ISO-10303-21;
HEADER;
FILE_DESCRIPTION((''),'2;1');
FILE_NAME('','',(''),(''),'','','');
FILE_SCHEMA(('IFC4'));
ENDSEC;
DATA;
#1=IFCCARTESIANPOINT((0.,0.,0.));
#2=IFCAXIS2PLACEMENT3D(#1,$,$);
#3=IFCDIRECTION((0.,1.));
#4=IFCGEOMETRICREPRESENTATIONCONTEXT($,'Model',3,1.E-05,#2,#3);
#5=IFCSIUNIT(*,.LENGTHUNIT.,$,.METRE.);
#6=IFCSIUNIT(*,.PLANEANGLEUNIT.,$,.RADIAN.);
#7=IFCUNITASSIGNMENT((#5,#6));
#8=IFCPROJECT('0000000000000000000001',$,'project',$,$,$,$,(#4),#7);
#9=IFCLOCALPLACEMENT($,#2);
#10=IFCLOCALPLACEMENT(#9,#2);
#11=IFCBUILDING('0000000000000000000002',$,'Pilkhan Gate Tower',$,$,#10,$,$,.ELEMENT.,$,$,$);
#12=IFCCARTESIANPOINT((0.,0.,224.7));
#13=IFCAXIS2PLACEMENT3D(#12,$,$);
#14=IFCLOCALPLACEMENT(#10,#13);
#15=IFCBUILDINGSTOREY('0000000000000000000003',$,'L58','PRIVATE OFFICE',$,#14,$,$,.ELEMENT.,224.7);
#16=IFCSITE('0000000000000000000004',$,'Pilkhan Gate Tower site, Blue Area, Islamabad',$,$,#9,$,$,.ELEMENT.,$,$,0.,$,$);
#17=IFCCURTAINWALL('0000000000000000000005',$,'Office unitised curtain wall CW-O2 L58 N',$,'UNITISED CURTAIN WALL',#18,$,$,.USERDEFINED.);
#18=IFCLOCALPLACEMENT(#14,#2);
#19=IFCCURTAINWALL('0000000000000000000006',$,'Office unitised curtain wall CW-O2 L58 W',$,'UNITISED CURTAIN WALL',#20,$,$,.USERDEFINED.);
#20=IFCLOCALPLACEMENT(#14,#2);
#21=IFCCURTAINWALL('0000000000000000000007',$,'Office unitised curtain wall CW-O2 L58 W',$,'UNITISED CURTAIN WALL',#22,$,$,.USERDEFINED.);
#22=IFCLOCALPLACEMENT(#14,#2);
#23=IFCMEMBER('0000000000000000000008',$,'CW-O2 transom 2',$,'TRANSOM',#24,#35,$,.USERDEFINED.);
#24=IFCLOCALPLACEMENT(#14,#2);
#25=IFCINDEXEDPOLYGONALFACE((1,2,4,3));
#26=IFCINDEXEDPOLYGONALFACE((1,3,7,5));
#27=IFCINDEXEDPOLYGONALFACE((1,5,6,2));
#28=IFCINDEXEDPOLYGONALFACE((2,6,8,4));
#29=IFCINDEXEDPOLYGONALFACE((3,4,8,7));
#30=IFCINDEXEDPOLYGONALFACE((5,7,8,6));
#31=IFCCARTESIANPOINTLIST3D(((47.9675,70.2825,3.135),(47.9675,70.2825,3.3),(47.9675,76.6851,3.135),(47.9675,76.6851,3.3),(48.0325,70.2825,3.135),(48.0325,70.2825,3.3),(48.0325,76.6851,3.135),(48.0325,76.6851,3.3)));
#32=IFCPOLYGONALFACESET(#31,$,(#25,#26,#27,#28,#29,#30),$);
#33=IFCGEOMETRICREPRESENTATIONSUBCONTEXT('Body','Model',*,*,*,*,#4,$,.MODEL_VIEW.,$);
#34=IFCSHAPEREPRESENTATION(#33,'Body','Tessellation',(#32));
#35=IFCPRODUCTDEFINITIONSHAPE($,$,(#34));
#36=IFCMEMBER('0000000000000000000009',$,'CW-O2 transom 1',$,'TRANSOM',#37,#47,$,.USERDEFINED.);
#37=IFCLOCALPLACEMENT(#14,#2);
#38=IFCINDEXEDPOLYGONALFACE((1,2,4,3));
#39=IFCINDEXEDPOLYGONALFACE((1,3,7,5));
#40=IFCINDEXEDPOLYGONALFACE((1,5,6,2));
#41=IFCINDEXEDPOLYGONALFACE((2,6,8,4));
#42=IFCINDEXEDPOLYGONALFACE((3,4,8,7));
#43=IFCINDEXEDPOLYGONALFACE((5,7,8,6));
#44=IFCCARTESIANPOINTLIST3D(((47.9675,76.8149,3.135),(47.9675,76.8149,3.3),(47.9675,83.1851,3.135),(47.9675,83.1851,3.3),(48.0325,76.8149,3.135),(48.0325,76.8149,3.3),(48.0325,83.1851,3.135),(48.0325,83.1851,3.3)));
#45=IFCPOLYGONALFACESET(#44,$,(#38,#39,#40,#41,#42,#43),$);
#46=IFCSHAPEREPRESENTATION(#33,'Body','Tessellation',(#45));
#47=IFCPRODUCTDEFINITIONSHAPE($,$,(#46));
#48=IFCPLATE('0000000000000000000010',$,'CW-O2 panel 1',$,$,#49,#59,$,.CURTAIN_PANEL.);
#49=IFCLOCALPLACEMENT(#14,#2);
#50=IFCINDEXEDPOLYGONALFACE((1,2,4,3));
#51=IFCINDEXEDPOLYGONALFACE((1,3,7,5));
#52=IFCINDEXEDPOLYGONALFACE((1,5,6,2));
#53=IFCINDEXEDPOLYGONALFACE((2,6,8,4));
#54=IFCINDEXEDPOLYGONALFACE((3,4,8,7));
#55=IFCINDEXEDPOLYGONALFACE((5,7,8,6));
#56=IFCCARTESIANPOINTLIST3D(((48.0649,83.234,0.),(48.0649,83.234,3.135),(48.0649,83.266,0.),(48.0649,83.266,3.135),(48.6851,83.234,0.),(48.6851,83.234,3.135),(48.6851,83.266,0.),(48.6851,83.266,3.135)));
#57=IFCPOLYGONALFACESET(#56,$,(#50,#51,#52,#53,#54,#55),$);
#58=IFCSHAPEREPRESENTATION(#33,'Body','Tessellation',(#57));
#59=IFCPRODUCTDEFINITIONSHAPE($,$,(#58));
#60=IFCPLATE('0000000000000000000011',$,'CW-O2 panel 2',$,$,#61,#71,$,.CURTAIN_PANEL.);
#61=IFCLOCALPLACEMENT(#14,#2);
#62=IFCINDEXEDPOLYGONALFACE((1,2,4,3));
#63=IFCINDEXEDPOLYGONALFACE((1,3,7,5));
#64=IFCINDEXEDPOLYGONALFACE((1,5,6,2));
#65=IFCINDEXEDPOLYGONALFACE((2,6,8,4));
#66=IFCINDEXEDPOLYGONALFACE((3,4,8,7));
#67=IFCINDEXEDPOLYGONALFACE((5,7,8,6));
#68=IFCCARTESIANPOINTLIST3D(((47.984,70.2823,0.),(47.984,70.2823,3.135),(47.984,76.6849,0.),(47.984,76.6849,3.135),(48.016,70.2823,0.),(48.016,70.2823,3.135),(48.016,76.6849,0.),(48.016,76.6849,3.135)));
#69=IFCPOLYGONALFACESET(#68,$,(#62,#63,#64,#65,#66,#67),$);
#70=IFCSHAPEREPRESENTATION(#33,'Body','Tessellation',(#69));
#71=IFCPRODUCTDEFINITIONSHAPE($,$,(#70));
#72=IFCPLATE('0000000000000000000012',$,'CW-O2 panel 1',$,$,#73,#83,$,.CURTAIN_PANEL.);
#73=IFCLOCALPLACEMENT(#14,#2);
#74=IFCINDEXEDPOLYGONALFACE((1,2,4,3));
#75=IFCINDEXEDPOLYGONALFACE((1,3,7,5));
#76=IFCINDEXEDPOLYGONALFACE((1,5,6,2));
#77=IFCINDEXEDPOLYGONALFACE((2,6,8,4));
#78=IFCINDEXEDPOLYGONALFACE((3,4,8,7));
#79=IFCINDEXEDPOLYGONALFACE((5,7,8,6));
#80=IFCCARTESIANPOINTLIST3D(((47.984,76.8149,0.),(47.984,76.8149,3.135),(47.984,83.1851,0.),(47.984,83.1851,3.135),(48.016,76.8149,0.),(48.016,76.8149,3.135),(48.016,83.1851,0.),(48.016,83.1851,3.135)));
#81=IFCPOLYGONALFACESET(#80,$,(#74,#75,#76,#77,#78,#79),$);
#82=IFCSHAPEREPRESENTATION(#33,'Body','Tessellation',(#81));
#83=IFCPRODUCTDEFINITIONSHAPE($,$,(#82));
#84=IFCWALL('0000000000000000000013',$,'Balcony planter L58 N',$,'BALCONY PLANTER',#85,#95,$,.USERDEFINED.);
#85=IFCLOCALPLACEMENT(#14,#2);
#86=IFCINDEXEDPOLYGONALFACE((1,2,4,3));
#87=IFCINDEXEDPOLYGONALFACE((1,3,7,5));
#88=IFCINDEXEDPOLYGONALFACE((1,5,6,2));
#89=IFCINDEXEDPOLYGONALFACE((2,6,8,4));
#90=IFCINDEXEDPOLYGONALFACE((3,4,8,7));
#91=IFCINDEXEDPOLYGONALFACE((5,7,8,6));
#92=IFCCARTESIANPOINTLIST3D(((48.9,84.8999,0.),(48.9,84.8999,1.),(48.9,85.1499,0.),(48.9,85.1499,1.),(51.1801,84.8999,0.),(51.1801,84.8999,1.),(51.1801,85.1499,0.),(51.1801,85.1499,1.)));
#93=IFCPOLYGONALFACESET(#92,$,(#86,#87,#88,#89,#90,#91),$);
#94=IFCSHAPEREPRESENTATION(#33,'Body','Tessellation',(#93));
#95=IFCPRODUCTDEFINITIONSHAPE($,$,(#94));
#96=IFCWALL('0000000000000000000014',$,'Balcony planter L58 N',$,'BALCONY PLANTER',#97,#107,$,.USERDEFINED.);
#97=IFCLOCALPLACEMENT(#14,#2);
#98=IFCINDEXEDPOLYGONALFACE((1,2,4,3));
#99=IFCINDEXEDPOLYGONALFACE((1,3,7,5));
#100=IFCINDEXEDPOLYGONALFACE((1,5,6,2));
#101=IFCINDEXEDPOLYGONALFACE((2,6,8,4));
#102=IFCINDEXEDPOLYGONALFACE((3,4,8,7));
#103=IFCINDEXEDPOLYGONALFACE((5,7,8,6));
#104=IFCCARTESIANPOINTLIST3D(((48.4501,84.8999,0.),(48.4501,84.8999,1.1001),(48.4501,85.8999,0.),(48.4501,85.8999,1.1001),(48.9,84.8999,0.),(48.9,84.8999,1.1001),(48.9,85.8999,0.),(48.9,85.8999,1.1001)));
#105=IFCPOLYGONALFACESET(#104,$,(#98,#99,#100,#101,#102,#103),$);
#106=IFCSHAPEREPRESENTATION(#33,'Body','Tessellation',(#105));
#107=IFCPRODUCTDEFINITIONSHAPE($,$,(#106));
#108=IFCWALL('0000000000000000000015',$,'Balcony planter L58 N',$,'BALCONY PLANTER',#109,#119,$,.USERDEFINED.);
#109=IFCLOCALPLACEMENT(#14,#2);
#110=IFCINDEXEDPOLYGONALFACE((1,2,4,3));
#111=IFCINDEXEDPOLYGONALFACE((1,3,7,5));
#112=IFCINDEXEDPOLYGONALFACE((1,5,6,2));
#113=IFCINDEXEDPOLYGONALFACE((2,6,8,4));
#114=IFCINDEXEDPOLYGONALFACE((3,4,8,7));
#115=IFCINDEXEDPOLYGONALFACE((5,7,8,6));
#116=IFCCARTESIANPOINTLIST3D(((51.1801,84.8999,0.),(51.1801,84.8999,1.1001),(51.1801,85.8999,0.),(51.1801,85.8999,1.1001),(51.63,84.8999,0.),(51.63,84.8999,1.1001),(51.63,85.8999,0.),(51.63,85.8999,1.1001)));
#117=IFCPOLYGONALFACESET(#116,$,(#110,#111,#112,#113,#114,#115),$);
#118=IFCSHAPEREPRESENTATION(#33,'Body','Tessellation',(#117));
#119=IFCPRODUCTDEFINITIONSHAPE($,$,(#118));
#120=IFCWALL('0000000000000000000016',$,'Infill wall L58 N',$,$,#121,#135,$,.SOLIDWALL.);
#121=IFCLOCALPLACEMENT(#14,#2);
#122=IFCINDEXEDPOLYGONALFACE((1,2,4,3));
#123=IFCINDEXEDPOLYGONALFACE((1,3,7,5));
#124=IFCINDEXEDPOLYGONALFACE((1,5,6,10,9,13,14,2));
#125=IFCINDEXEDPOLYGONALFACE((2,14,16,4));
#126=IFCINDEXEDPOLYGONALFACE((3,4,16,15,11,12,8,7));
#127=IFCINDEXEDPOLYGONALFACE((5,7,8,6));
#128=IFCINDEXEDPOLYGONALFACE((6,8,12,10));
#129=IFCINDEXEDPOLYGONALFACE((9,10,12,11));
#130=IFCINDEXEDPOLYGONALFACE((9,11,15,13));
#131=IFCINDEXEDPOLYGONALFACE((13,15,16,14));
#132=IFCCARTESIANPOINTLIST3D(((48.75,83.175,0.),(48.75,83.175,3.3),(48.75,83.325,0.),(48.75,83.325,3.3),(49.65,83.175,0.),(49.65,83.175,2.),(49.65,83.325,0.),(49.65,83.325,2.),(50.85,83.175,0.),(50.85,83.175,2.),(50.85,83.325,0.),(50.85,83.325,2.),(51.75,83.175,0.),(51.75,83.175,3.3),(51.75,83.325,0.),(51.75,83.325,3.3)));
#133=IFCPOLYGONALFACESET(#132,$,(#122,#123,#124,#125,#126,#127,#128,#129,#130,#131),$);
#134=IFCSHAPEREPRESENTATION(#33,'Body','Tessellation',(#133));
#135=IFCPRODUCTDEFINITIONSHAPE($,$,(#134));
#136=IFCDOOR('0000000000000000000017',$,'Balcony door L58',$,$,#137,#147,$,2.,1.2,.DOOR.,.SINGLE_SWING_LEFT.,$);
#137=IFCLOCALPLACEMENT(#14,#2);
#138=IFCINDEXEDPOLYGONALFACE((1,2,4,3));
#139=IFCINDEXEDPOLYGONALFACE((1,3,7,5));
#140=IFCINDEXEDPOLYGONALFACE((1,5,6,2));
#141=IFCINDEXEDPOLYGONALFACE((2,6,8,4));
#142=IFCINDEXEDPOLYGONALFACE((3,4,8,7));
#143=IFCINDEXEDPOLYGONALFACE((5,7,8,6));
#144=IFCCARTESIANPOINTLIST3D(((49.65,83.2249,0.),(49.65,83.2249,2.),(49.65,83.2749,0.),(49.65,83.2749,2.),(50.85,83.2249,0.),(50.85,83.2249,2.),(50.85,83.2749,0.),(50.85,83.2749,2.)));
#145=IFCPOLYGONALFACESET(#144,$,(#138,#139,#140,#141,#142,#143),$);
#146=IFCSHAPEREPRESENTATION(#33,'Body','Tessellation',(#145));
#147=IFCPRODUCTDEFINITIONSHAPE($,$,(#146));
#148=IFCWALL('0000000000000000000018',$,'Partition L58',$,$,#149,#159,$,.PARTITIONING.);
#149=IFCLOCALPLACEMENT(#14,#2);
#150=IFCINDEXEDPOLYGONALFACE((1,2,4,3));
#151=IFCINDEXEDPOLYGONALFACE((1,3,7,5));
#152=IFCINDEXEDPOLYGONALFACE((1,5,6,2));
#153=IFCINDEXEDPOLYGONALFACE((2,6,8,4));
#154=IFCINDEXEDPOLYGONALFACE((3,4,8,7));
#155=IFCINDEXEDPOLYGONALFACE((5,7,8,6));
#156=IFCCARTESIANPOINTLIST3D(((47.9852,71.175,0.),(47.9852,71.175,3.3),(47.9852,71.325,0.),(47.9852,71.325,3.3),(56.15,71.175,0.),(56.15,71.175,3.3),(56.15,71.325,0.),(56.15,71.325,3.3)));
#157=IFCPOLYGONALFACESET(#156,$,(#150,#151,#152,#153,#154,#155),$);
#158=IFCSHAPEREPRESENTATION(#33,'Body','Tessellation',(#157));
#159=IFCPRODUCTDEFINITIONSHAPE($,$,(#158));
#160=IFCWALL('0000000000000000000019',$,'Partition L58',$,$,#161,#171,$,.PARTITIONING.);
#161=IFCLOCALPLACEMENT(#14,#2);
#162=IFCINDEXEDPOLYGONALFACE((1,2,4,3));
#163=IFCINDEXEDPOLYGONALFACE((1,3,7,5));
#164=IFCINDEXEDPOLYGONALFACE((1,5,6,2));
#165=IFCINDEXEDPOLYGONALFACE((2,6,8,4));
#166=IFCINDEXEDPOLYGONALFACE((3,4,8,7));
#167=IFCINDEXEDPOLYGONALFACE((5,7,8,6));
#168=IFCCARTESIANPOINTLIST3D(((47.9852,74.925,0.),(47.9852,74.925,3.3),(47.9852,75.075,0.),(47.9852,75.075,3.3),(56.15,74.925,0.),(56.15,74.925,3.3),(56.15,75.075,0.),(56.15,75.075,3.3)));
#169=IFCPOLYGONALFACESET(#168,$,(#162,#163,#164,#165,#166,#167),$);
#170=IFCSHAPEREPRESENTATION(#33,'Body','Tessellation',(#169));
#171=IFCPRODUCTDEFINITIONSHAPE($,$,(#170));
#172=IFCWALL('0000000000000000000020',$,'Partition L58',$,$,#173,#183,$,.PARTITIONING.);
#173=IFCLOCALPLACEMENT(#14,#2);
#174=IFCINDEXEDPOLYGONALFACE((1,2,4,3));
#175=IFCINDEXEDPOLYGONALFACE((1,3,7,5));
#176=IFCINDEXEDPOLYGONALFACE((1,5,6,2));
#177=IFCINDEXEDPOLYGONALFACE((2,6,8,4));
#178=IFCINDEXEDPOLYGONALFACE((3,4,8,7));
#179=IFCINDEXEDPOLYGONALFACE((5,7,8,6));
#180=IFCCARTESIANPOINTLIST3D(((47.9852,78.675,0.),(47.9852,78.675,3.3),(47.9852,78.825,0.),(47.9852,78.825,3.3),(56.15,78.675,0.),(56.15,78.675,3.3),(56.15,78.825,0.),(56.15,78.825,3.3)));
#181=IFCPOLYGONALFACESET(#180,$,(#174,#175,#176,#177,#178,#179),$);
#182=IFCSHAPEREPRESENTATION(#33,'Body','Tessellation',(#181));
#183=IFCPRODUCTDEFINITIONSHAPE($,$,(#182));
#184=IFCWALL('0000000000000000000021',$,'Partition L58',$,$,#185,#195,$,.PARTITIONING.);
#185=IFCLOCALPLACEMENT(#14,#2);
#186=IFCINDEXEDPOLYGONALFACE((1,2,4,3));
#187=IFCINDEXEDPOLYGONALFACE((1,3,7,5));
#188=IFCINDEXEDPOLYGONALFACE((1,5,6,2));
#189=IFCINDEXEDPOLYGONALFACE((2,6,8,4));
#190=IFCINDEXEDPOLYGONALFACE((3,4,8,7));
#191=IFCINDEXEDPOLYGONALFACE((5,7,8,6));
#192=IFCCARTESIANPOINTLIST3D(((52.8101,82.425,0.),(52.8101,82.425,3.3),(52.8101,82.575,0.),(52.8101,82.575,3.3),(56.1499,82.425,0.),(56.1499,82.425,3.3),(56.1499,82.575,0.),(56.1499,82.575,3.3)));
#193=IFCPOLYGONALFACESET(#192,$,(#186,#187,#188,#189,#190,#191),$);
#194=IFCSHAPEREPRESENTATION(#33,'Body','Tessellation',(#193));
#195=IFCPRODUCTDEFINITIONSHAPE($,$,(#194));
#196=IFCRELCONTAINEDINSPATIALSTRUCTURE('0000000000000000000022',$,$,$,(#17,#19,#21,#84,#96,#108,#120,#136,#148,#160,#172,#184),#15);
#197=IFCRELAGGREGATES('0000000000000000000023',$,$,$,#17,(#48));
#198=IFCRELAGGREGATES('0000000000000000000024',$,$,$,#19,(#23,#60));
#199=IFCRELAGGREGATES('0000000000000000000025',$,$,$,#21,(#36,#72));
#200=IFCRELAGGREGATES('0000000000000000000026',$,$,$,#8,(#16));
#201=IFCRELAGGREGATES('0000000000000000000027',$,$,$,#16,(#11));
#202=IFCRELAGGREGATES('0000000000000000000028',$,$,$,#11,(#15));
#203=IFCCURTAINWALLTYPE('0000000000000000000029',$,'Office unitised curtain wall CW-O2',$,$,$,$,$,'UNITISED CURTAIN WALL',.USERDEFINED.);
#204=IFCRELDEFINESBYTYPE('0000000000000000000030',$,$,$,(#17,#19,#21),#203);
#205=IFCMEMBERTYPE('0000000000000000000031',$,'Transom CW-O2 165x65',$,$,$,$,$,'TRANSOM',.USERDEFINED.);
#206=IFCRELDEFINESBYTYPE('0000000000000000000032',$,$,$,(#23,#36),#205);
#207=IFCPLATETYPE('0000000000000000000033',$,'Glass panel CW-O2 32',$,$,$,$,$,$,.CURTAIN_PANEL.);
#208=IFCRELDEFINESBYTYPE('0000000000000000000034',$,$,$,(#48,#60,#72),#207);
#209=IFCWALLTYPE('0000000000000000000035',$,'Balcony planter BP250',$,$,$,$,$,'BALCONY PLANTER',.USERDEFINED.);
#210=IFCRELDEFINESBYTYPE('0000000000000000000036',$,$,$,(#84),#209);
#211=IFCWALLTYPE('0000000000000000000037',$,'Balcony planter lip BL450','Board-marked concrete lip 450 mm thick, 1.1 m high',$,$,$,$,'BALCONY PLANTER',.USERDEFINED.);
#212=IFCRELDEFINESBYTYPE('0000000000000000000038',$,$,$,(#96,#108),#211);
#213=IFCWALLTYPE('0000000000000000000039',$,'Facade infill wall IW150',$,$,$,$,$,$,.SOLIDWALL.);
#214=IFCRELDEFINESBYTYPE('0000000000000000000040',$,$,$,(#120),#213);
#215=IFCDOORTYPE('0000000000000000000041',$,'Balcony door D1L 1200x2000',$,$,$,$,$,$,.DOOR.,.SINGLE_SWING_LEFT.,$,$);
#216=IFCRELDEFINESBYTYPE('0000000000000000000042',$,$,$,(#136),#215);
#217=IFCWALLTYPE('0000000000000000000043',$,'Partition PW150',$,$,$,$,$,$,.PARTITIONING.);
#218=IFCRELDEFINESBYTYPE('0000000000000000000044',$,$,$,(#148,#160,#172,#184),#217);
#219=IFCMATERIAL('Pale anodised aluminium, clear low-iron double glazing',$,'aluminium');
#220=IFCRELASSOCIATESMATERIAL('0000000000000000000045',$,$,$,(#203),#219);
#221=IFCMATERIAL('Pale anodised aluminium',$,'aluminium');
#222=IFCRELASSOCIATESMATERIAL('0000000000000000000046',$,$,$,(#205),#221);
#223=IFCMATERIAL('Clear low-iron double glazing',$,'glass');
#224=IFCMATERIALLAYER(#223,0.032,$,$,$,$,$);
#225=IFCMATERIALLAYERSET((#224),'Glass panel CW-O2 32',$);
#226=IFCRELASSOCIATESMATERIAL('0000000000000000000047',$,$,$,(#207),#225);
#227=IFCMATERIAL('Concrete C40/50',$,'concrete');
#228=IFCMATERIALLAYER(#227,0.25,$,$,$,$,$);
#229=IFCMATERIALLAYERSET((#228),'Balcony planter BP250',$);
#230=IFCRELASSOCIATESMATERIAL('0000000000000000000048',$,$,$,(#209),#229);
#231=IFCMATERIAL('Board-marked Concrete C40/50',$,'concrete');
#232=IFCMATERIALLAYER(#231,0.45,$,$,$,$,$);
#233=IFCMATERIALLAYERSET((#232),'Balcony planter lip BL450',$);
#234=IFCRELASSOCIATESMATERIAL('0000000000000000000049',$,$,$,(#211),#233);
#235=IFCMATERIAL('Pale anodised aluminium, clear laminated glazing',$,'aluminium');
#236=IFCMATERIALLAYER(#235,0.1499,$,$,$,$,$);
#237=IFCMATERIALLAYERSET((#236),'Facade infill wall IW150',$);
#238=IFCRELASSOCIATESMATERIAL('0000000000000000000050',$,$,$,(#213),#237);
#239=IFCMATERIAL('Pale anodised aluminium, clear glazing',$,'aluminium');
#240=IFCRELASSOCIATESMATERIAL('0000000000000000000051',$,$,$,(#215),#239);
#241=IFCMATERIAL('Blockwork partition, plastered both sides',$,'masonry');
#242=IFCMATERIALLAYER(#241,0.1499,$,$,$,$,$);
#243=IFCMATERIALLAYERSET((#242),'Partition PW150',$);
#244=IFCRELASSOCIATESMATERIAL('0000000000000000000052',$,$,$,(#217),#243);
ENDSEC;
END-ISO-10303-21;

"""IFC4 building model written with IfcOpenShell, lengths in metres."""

from ifc_helpers import new_model, si_unit, direction, frame, frame_2d, origin, origin_2d, place, context, subcontext, project, spatial, rectangle, extrude, material, layer, layer_set, material_profile, profile_set, type_object, element, fill, aggregate, save


model = new_model("IFC4")

# Units and contexts
model_context = context("Model", 3, precision=1e-05, world=origin(), true_north=direction((0.0, 1.0)))
body_context = subcontext(model_context, "Body", "Model", "MODEL_VIEW")
ifc_project = project(units=[si_unit("LENGTHUNIT", "METRE"), si_unit("PLANEANGLEUNIT", "RADIAN")], contexts=[model_context])

# Site, building, storey
site_placement = place(None, origin())
site = spatial("IfcSite", under=ifc_project, at=site_placement, Name="Pilkhan Gate Tower site, Blue Area, Islamabad", CompositionType="ELEMENT", RefElevation=0.0)
building_placement = place(site_placement, origin())
building = spatial("IfcBuilding", under=site, at=building_placement, Name="Pilkhan Gate Tower", CompositionType="ELEMENT")
storey_placement = place(building_placement, frame((0.0, 0.0, 224.7)))
storey = spatial("IfcBuildingStorey", under=building, at=storey_placement, Name="L58", Description="PRIVATE OFFICE", CompositionType="ELEMENT", Elevation=224.7)

# Shared definitions
ifc_material_1 = material(Name="Pale anodised aluminium, clear low-iron double glazing", Category="aluminium")
curtain_wall_type = type_object("IfcCurtainWallType", Name="Office unitised curtain wall CW-O2", ElementType="UNITISED CURTAIN WALL", PredefinedType="USERDEFINED", material=ifc_material_1)
ifc_material_2 = material(Name="Pale anodised aluminium", Category="aluminium")

# Curtain wall
curtain_wall_1_placement = place(storey_placement, origin())
curtain_wall_1 = element("IfcCurtainWall", 1, at=curtain_wall_1_placement, inside=storey, type_object=curtain_wall_type, Name="Office unitised curtain wall CW-O2 L58 N", ObjectType="UNITISED CURTAIN WALL", PredefinedType="USERDEFINED")

# Curtain wall
curtain_wall_2_placement = place(storey_placement, origin())
curtain_wall_2 = element("IfcCurtainWall", 2, at=curtain_wall_2_placement, inside=storey, type_object=curtain_wall_type, Name="Office unitised curtain wall CW-O2 L58 W", ObjectType="UNITISED CURTAIN WALL", PredefinedType="USERDEFINED")

# Curtain wall
curtain_wall_3_placement = place(storey_placement, origin())
curtain_wall_3 = element("IfcCurtainWall", 3, at=curtain_wall_3_placement, inside=storey, type_object=curtain_wall_type, Name="Office unitised curtain wall CW-O2 L58 W", ObjectType="UNITISED CURTAIN WALL", PredefinedType="USERDEFINED")

# Members
ifc_material_profile_1 = material_profile(ifc_material_2, rectangle(XDim=0.0649, YDim=0.165, at=origin_2d()), Name="Transom 165x65")
ifc_profile_set_1 = profile_set([ifc_material_profile_1], Name="Pale anodised aluminium")
member_type_1 = type_object("IfcMemberType", Name="Transom CW-O2 165x65", ElementType="TRANSOM", PredefinedType="USERDEFINED", material=ifc_profile_set_1)
member_1_placement = place(storey_placement, frame((48.0, 70.2825, 3.2175), z_axis=(0.0, 1.0, 0.0), x_axis=(-1.0, 0.0, 0.0)))
member_1 = element("IfcMember", 4, at=member_1_placement, type_object=member_type_1, Name="CW-O2 transom 2", ObjectType="TRANSOM", PredefinedType="USERDEFINED", context=body_context, shape_type="SweptSolid", body=[
    extrude(rectangle(XDim=0.0649, YDim=0.165, at=origin_2d()), origin(), (0.0, 0.0, 1.0), 6.4026),
])
member_2_placement = place(storey_placement, frame((48.0, 76.8149, 3.2175), z_axis=(0.0, 1.0, 0.0), x_axis=(-1.0, 0.0, 0.0)))
member_2 = element("IfcMember", 5, at=member_2_placement, type_object=member_type_1, Name="CW-O2 transom 1", ObjectType="TRANSOM", PredefinedType="USERDEFINED", context=body_context, shape_type="SweptSolid", body=[
    extrude(rectangle(XDim=0.0649, YDim=0.165, at=origin_2d()), origin(), (0.0, 0.0, 1.0), 6.3701),
])

# Plates
ifc_material_3 = material(Name="Clear low-iron double glazing", Category="glass")
ifc_layer_1 = layer(ifc_material_3, 0.032)
ifc_layer_set_1 = layer_set([ifc_layer_1], Name="Glass panel CW-O2 32")
plate_type = type_object("IfcPlateType", Name="Glass panel CW-O2 32", PredefinedType="CURTAIN_PANEL", material=ifc_layer_set_1)
plate_1_placement = place(storey_placement, frame((48.375, 83.25, 0.0), z_axis=(0.0, 0.0, 1.0), x_axis=(1.0, 0.0, 0.0)))
plate_1 = element("IfcPlate", 6, at=plate_1_placement, type_object=plate_type, Name="CW-O2 panel 1", PredefinedType="CURTAIN_PANEL", context=body_context, shape_type="SweptSolid", body=[
    extrude(rectangle(XDim=0.6201, YDim=0.032, at=origin_2d()), origin(), (0.0, 0.0, 1.0), 3.135),
])
aggregate(curtain_wall_1, [plate_1])
plate_2_placement = place(storey_placement, frame((48.0, 73.4836, 0.0), z_axis=(0.0, 0.0, 1.0), x_axis=(0.0, 1.0, 0.0)))
plate_2 = element("IfcPlate", 7, at=plate_2_placement, type_object=plate_type, Name="CW-O2 panel 2", PredefinedType="CURTAIN_PANEL", context=body_context, shape_type="SweptSolid", body=[
    extrude(rectangle(XDim=6.4026, YDim=0.032, at=origin_2d()), origin(), (0.0, 0.0, 1.0), 3.135),
])
aggregate(curtain_wall_2, [member_1, plate_2])
plate_3_placement = place(storey_placement, frame((48.0, 80.0, 0.0), z_axis=(0.0, 0.0, 1.0), x_axis=(0.0, 1.0, 0.0)))
plate_3 = element("IfcPlate", 8, at=plate_3_placement, type_object=plate_type, Name="CW-O2 panel 1", PredefinedType="CURTAIN_PANEL", context=body_context, shape_type="SweptSolid", body=[
    extrude(rectangle(XDim=6.3701, YDim=0.032, at=origin_2d()), origin(), (0.0, 0.0, 1.0), 3.135),
])
aggregate(curtain_wall_3, [member_2, plate_3])

# Walls
ifc_material_4 = material(Name="Concrete C40/50", Category="concrete")
ifc_layer_2 = layer(ifc_material_4, 0.25)
ifc_layer_set_2 = layer_set([ifc_layer_2], Name="Balcony planter BP250")
wall_type_1 = type_object("IfcWallType", Name="Balcony planter BP250", ElementType="BALCONY PLANTER", PredefinedType="USERDEFINED", material=ifc_layer_set_2)
wall_1_placement = place(storey_placement, frame((48.8999, 85.0249, 0.0), z_axis=(0.0, 0.0, 1.0), x_axis=(1.0, 0.0, 0.0)))
element("IfcWall", 9, at=wall_1_placement, inside=storey, type_object=wall_type_1, Name="Balcony planter L58 N", ObjectType="BALCONY PLANTER", PredefinedType="USERDEFINED", context=body_context, shape_type="SweptSolid", body=[
    extrude(rectangle(XDim=2.28, YDim=0.25, at=frame_2d((1.1401, 0.0))), origin(), (0.0, 0.0, 1.0), 1.0),
])
ifc_material_5 = material(Name="Board-marked Concrete C40/50", Category="concrete")
ifc_layer_3 = layer(ifc_material_5, 0.45)
ifc_layer_set_3 = layer_set([ifc_layer_3], Name="Balcony planter lip BL450")
wall_type_2 = type_object("IfcWallType", Name="Balcony planter lip BL450", Description="Board-marked concrete lip 450 mm thick, 1.1 m high", ElementType="BALCONY PLANTER", PredefinedType="USERDEFINED", material=ifc_layer_set_3)
for number, where, z_axis, x_axis, name in (
    (10, (48.675, 84.8999, 0.0), (0.0, 0.0, 1.0), (0.0, 1.0, 0.0), "Balcony planter L58 N"),
    (11, (51.405, 84.8999, 0.0), (0.0, 0.0, 1.0), (0.0, 1.0, 0.0), "Balcony planter L58 N"),
):
    element("IfcWall", number, at=place(storey_placement, frame(where, z_axis=z_axis, x_axis=x_axis)), inside=storey, type_object=wall_type_2, Name=name, ObjectType="BALCONY PLANTER", PredefinedType="USERDEFINED", context=body_context, shape_type="SweptSolid", body=[
        extrude(rectangle(XDim=1.0, YDim=0.45, at=frame_2d((0.5, 0.0))), origin(), (0.0, 0.0, 1.0), 1.1001),
    ])

# Wall, opening, door
ifc_material_6 = material(Name="Pale anodised aluminium, clear laminated glazing", Category="aluminium")
ifc_layer_4 = layer(ifc_material_6, 0.1499)
ifc_layer_set_4 = layer_set([ifc_layer_4], Name="Facade infill wall IW150")
wall_type_3 = type_object("IfcWallType", Name="Facade infill wall IW150", PredefinedType="SOLIDWALL", material=ifc_layer_set_4)
wall_2_placement = place(storey_placement, frame((48.75, 83.25, 0.0), z_axis=(0.0, 0.0, 1.0), x_axis=(1.0, 0.0, 0.0)))
wall_2 = element("IfcWall", 12, at=wall_2_placement, inside=storey, type_object=wall_type_3, Name="Infill wall L58 N", PredefinedType="SOLIDWALL", context=body_context, shape_type="SweptSolid", body=[
    extrude(rectangle(XDim=3.0, YDim=0.1499, at=frame_2d((1.5, 0.0))), origin(), (0.0, 0.0, 1.0), 3.3),
])
opening_placement = place(wall_2_placement, frame((0.8999, 0.0, 0.0)))
opening = element("IfcOpeningElement", 13, at=opening_placement, cuts=wall_2, PredefinedType="OPENING", context=body_context, shape_type="SweptSolid", body=[
    extrude(rectangle(XDim=1.2, YDim=2.0, at=frame_2d((0.6001, 1.0))), frame((0.0, 0.085, 0.0), z_axis=(0.0, -1.0, 0.0), x_axis=(1.0, 0.0, 0.0)), (0.0, 0.0, 1.0), 0.1699),
])
ifc_material_7 = material(Name="Pale anodised aluminium, clear glazing", Category="aluminium")
door_type = type_object("IfcDoorType", Name="Balcony door D1L 1200x2000", OperationType="SINGLE_SWING_LEFT", PredefinedType="DOOR", material=ifc_material_7)
door_placement = place(opening_placement, origin())
door = element("IfcDoor", 14, at=door_placement, inside=storey, type_object=door_type, Name="Balcony door L58", OperationType="SINGLE_SWING_LEFT", OverallHeight=2.0, OverallWidth=1.2, PredefinedType="DOOR", context=body_context, shape_type="SweptSolid", body=[
    extrude(rectangle(XDim=1.2, YDim=2.0, at=frame_2d((0.6001, 1.0))), frame((0.0, 0.0249, 0.0), z_axis=(0.0, -1.0, 0.0), x_axis=(1.0, 0.0, 0.0)), (0.0, 0.0, 1.0), 0.05),
])
fill(opening, door)

# Walls
ifc_material_8 = material(Name="Blockwork partition, plastered both sides", Category="masonry")
ifc_layer_5 = layer(ifc_material_8, 0.1499)
ifc_layer_set_5 = layer_set([ifc_layer_5], Name="Partition PW150")
wall_type_4 = type_object("IfcWallType", Name="Partition PW150", PredefinedType="PARTITIONING", material=ifc_layer_set_5)
for number, where, z_axis, x_axis, name in (
    (15, (47.9851, 71.25, 0.0), (0.0, 0.0, 1.0), (1.0, 0.0, 0.0), "Partition L58"),
    (16, (47.9851, 75.0, 0.0), (0.0, 0.0, 1.0), (1.0, 0.0, 0.0), "Partition L58"),
    (17, (47.9851, 78.75, 0.0), (0.0, 0.0, 1.0), (1.0, 0.0, 0.0), "Partition L58"),
):
    element("IfcWall", number, at=place(storey_placement, frame(where, z_axis=z_axis, x_axis=x_axis)), inside=storey, type_object=wall_type_4, Name=name, PredefinedType="PARTITIONING", context=body_context, shape_type="SweptSolid", body=[
        extrude(rectangle(XDim=8.1648, YDim=0.1499, at=frame_2d((4.0825, 0.0))), origin(), (0.0, 0.0, 1.0), 3.3),
    ])
wall_3_placement = place(storey_placement, frame((52.8101, 82.5, 0.0), z_axis=(0.0, 0.0, 1.0), x_axis=(1.0, 0.0, 0.0)))
element("IfcWall", 18, at=wall_3_placement, inside=storey, type_object=wall_type_4, Name="Partition L58", PredefinedType="PARTITIONING", context=body_context, shape_type="SweptSolid", body=[
    extrude(rectangle(XDim=3.3398, YDim=0.1499, at=frame_2d((1.6699, 0.0))), origin(), (0.0, 0.0, 1.0), 3.3),
])

save(model, "model.ifc")
